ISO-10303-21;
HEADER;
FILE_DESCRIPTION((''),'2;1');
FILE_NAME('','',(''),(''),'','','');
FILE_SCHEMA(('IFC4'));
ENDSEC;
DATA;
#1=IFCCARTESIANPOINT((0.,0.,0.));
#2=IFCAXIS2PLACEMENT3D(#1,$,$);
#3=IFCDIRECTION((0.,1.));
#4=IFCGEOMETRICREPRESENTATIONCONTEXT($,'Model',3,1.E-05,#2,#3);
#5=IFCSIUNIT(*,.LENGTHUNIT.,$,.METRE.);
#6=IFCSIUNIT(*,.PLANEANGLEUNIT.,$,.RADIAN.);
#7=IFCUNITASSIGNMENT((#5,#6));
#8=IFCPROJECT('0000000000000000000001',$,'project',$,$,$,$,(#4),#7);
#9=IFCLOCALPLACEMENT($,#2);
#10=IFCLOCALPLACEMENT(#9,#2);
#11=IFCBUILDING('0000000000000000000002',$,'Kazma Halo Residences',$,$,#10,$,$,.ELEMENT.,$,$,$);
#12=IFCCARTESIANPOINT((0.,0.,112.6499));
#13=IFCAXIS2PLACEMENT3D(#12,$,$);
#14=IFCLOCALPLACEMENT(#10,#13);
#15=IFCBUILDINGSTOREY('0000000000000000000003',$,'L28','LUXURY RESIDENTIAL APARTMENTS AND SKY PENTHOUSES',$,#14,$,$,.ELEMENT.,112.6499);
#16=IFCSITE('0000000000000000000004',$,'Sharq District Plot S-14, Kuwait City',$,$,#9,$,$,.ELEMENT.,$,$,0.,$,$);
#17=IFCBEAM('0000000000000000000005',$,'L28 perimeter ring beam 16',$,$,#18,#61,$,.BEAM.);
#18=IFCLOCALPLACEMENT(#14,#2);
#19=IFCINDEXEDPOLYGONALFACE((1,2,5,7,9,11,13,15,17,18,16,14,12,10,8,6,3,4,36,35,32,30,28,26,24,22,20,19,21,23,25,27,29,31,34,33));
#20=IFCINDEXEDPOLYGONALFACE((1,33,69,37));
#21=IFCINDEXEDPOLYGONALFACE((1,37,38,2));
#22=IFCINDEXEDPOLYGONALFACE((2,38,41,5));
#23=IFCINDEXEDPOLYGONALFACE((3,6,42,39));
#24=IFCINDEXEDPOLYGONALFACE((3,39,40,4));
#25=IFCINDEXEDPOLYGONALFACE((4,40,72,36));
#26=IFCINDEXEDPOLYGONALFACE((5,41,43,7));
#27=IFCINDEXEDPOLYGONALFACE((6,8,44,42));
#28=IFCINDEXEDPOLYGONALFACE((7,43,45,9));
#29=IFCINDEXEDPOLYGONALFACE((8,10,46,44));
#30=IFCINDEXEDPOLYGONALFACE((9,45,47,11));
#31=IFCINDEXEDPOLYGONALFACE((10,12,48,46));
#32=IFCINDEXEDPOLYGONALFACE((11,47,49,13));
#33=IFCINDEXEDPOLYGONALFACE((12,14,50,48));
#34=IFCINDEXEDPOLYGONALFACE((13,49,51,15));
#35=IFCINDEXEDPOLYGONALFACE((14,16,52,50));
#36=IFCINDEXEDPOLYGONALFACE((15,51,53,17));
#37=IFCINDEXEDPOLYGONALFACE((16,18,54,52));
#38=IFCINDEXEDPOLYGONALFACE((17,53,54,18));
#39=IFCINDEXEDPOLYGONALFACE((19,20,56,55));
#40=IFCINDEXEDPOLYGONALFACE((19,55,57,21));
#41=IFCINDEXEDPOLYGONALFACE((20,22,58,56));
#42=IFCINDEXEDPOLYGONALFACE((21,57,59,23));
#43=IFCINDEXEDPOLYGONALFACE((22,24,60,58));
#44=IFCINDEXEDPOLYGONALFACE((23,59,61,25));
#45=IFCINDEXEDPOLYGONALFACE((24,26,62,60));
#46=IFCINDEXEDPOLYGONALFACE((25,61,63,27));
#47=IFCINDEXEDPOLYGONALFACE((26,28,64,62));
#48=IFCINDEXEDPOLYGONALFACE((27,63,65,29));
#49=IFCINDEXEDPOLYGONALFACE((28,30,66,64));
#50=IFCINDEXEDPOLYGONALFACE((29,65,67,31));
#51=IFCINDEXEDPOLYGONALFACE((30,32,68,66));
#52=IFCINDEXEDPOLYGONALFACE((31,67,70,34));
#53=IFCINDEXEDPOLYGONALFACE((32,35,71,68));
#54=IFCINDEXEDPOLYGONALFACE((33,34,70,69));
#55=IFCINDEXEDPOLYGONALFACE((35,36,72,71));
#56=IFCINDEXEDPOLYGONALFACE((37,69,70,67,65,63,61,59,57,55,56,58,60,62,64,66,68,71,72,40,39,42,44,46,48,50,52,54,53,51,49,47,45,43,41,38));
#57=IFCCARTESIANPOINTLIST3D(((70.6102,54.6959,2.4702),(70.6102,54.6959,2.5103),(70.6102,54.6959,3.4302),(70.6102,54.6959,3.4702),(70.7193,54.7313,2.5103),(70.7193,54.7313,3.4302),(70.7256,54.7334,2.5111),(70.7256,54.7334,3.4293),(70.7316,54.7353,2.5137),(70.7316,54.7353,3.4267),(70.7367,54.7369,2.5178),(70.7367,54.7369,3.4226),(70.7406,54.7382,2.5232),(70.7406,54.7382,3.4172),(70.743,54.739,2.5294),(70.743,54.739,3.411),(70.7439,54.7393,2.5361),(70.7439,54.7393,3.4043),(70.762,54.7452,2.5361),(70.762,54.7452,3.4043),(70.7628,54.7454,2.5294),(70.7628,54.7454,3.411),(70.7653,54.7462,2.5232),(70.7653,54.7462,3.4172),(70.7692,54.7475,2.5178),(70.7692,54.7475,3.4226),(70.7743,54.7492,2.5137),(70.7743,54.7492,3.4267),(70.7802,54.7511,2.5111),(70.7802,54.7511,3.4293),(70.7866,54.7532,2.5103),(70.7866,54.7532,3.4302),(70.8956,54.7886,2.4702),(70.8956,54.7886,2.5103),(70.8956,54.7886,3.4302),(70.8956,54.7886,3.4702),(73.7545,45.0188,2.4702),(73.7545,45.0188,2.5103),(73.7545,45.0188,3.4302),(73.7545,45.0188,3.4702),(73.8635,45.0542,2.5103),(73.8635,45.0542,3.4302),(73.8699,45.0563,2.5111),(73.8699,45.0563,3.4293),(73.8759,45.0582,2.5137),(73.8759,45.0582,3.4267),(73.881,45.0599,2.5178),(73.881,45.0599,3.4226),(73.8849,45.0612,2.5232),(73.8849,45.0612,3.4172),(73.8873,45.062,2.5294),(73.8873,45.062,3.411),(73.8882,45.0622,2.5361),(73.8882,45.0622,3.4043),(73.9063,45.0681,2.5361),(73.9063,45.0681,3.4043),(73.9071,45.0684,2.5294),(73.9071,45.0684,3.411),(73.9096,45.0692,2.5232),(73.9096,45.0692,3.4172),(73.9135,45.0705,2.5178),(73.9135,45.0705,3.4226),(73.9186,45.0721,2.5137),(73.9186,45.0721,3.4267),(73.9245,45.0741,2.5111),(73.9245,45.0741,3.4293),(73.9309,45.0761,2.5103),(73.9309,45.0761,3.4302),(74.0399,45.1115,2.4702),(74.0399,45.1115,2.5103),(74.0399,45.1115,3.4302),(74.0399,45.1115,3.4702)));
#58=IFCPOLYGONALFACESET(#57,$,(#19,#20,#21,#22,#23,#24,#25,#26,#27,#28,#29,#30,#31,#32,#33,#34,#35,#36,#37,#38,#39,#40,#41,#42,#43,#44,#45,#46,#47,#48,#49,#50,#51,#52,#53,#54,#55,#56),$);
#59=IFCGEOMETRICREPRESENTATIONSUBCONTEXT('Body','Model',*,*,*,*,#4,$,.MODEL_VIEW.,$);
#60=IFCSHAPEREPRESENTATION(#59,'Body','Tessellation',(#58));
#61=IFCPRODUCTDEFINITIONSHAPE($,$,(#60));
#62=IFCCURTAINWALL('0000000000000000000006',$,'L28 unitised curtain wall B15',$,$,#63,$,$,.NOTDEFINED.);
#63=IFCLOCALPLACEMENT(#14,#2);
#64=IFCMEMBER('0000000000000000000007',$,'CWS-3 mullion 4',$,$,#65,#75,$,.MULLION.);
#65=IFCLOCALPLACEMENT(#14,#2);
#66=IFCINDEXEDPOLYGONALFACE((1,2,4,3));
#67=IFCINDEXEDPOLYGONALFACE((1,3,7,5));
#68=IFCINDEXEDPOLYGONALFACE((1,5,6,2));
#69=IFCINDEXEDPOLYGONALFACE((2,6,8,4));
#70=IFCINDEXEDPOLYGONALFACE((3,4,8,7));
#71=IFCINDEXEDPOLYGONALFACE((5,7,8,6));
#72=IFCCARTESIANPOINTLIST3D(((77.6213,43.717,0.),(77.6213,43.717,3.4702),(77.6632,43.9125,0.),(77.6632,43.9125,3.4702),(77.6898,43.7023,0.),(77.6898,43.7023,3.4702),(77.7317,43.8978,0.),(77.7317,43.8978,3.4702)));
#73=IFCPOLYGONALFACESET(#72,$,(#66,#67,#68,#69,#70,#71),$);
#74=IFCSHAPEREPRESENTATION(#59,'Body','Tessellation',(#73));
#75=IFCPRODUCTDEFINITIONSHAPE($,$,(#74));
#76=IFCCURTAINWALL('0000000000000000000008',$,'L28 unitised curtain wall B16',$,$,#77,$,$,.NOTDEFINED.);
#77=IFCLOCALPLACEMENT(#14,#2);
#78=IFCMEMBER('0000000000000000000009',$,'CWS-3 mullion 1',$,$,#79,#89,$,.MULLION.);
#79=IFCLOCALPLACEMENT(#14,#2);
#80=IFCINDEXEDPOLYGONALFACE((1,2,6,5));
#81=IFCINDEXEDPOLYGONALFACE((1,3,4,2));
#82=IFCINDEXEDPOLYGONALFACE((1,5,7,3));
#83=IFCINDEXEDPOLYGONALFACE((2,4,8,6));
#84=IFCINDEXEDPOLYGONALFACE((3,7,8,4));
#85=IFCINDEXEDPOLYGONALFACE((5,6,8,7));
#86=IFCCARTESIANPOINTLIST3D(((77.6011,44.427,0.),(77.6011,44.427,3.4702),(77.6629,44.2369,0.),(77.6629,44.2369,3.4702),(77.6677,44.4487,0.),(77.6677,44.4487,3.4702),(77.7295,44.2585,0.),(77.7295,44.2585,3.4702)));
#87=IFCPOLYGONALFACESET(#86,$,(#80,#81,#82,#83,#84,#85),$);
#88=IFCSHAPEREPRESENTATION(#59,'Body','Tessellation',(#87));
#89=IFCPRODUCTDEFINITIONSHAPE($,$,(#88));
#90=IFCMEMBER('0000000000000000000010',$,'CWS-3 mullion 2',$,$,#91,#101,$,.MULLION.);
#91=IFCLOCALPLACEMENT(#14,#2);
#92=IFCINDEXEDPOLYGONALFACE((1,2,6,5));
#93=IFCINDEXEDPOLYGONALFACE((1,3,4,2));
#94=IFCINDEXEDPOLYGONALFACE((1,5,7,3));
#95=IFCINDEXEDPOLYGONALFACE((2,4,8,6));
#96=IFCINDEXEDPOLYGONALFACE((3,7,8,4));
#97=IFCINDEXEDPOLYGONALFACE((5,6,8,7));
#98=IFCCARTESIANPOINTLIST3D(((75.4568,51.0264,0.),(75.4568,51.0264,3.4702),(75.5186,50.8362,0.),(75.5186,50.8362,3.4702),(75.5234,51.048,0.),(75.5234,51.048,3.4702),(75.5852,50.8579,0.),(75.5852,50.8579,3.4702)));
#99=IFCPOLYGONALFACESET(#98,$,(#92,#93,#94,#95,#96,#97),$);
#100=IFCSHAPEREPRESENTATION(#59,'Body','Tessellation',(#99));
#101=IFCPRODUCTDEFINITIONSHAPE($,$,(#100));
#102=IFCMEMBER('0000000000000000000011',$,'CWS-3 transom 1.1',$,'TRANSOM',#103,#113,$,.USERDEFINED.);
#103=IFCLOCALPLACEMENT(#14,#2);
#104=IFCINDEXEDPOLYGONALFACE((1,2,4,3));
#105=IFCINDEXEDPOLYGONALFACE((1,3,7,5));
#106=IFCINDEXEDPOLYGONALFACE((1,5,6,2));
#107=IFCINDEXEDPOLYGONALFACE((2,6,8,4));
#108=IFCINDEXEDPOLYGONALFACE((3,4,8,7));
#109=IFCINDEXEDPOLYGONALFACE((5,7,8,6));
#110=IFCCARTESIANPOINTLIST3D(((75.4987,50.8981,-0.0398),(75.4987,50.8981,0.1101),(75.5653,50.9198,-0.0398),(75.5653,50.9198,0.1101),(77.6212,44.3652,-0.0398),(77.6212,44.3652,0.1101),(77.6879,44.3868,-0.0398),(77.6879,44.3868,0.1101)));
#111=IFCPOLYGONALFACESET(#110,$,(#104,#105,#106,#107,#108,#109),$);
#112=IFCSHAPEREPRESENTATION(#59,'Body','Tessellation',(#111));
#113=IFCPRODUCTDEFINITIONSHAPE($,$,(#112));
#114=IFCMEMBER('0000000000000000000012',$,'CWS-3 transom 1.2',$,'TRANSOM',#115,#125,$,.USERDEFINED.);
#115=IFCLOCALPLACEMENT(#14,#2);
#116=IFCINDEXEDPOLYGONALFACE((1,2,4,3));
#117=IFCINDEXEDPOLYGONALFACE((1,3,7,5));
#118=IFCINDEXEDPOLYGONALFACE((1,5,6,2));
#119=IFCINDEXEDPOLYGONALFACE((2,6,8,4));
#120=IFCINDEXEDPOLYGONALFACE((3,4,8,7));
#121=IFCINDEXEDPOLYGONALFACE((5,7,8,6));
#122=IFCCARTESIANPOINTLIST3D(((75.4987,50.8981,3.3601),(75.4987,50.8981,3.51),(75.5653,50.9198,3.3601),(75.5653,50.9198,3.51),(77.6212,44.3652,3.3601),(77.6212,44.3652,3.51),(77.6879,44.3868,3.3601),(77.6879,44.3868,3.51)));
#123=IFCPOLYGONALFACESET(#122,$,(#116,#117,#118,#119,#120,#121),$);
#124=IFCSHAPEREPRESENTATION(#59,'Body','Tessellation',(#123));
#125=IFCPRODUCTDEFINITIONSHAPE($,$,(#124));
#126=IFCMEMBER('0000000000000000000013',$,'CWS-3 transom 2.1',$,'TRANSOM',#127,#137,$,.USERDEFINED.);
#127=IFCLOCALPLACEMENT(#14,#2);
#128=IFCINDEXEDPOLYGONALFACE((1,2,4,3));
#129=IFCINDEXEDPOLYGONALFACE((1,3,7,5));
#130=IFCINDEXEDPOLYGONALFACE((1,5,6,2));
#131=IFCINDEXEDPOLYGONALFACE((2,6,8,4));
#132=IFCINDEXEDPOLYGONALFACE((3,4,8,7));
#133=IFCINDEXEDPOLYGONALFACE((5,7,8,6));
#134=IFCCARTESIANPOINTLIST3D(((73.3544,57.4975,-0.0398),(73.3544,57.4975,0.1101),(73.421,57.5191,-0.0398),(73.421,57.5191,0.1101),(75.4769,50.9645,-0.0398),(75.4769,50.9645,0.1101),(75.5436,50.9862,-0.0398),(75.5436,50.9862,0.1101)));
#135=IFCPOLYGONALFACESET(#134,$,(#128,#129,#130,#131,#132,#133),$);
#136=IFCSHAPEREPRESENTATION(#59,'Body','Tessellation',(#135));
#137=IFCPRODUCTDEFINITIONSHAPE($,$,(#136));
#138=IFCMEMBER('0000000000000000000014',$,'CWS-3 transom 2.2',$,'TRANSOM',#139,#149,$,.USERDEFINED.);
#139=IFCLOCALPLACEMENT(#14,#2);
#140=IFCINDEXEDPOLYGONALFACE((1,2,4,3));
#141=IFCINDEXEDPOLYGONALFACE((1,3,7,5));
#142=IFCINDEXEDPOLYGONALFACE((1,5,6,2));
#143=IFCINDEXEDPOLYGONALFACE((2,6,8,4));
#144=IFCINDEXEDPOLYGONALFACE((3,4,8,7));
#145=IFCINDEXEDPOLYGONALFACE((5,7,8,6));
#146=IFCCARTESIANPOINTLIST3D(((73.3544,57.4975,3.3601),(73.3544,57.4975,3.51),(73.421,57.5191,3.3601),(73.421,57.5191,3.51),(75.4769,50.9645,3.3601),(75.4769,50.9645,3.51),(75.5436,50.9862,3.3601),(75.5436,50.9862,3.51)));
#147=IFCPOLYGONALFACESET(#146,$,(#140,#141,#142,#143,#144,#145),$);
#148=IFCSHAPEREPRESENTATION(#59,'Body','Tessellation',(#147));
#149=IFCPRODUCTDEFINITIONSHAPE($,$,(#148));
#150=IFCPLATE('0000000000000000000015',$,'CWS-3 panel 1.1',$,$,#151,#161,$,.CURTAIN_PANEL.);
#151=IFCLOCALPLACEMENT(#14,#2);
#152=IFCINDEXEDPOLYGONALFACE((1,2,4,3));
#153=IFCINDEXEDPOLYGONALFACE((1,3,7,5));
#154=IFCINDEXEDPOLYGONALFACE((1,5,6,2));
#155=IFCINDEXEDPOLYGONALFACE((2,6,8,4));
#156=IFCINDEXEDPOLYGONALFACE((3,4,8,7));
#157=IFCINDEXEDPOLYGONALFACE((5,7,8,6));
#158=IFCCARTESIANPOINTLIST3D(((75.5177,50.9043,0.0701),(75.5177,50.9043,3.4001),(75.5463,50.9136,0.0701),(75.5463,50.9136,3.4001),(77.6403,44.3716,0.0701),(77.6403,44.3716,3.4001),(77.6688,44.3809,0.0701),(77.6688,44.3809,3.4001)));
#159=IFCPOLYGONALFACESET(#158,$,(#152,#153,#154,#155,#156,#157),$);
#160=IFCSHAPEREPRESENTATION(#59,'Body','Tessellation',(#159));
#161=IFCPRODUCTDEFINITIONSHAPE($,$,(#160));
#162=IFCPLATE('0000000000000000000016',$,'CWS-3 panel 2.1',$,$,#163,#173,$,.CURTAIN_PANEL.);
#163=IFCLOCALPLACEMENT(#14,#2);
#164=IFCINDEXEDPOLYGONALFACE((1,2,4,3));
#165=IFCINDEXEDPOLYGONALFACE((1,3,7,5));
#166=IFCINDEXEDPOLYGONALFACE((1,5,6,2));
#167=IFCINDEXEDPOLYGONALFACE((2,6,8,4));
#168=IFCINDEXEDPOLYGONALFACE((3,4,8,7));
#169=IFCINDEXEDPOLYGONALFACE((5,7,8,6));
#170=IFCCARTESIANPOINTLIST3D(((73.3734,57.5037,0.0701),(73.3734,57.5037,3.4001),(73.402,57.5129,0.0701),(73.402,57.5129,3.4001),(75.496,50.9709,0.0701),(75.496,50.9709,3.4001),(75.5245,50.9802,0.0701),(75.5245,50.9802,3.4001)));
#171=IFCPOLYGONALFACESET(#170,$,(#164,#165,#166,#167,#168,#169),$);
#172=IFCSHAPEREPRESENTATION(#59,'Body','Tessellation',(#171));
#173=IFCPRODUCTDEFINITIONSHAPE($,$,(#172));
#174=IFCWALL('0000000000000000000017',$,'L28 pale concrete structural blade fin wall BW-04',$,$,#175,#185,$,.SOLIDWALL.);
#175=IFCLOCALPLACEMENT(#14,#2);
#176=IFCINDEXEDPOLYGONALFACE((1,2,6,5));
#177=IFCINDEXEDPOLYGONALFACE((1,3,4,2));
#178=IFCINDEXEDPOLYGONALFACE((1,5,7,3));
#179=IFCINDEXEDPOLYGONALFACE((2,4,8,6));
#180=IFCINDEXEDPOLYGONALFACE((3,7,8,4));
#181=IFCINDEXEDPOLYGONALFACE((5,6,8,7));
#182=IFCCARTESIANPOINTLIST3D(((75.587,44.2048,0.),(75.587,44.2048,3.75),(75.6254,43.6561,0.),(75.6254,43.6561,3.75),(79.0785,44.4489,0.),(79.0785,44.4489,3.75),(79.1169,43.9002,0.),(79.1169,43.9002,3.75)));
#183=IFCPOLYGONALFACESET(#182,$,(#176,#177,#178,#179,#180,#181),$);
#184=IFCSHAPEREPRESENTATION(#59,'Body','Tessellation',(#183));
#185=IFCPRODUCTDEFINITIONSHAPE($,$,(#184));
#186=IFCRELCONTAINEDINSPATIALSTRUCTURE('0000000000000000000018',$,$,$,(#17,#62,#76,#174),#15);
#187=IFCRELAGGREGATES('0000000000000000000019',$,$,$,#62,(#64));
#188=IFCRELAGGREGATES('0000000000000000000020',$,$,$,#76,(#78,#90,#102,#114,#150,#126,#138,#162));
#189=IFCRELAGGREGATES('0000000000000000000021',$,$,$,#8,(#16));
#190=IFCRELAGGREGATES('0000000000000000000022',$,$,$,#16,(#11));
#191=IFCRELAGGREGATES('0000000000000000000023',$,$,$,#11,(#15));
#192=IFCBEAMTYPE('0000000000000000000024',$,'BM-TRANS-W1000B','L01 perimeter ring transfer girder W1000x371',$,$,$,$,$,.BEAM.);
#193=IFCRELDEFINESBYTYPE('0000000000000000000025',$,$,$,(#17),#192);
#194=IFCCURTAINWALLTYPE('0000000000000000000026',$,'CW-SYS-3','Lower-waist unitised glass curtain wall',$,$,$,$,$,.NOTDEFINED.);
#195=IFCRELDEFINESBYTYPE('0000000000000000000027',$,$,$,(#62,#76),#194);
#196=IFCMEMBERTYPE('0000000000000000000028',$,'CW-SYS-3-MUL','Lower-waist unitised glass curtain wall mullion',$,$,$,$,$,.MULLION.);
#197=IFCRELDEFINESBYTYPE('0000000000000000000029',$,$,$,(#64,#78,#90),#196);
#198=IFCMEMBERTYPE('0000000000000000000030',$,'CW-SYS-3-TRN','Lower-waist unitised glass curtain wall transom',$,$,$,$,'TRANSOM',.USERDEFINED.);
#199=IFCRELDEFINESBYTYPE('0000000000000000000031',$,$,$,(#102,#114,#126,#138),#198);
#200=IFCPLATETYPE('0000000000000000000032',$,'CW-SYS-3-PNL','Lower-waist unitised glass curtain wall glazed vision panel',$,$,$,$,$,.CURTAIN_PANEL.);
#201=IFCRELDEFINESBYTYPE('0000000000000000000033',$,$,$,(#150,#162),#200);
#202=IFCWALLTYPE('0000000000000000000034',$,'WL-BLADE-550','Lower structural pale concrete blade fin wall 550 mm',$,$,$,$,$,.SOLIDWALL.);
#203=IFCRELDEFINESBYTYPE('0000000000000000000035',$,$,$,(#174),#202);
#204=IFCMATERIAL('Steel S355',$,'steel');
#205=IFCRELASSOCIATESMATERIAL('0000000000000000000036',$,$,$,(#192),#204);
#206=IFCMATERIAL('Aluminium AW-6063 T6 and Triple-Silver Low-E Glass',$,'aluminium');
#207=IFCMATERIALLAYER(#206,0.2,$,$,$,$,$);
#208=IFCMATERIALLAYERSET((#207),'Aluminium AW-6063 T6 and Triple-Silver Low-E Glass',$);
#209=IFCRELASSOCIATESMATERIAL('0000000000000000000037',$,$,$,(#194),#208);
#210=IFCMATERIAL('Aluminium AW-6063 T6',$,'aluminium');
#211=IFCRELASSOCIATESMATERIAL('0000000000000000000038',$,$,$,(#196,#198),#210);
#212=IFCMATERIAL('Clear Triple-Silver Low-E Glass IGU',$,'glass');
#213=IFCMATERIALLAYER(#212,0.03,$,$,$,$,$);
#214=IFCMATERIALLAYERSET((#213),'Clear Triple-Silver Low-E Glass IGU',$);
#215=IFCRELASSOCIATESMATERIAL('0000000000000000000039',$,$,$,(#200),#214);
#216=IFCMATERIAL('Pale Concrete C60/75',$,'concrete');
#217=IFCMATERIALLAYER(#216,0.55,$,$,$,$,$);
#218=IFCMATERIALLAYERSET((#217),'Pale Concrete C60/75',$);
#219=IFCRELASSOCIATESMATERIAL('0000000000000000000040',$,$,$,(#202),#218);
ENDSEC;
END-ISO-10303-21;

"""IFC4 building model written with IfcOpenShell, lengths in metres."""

from ifc_helpers import new_model, si_unit, direction, frame, frame_2d, origin, origin_2d, place, context, subcontext, project, spatial, rectangle, i_section, extrude, material, layer, layer_set, material_profile, profile_set, type_object, element, aggregate, save


model = new_model("IFC4")

# Units and contexts
model_context = context("Model", 3, precision=1e-05, world=origin(), true_north=direction((0.0, 1.0)))
body_context = subcontext(model_context, "Body", "Model", "MODEL_VIEW")
ifc_project = project(units=[si_unit("LENGTHUNIT", "METRE"), si_unit("PLANEANGLEUNIT", "RADIAN")], contexts=[model_context])

# Site, building, storey
site_placement = place(None, origin())
site = spatial("IfcSite", under=ifc_project, at=site_placement, Name="Sharq District Plot S-14, Kuwait City", CompositionType="ELEMENT", RefElevation=0.0)
building_placement = place(site_placement, origin())
building = spatial("IfcBuilding", under=site, at=building_placement, Name="Kazma Halo Residences", CompositionType="ELEMENT")
storey_placement = place(building_placement, frame((0.0, 0.0, 112.6499)))
storey = spatial("IfcBuildingStorey", under=building, at=storey_placement, Name="L28", Description="LUXURY RESIDENTIAL APARTMENTS AND SKY PENTHOUSES", CompositionType="ELEMENT", Elevation=112.6499)

# Beam
ifc_material_1 = material(Name="Steel S355", Category="steel")
ifc_material_profile_1 = material_profile(ifc_material_1, i_section(OverallWidth=0.3, OverallDepth=1.0, WebThickness=0.019, FlangeThickness=0.04, FilletRadius=0.0259, at=origin_2d()), Name="W1000x371")
ifc_profile_set_1 = profile_set([ifc_material_profile_1], Name="Steel S355")
beam_type_1 = type_object("IfcBeamType", Name="BM-TRANS-W1000B", Description="L01 perimeter ring transfer girder W1000x371", PredefinedType="BEAM", material=ifc_profile_set_1)
beam_1_placement = place(storey_placement, frame((73.8972, 45.0652, 2.9702), z_axis=(-0.30902, 0.951055, 0.0), x_axis=(-0.951055, -0.30902, 0.0)))
element("IfcBeam", 1, at=beam_1_placement, inside=storey, type_object=beam_type_1, Name="L28 perimeter ring beam 16", PredefinedType="BEAM", context=body_context, shape_type="SweptSolid", body=[
    extrude(i_section(OverallWidth=0.3, OverallDepth=1.0, WebThickness=0.019, FlangeThickness=0.04, FilletRadius=0.0259, at=origin_2d()), origin(), (0.0, 0.0, 1.0), 10.175),
])

# Curtain wall, member
ifc_material_2 = material(Name="Aluminium AW-6063 T6 and Triple-Silver Low-E Glass", Category="aluminium")
ifc_layer_1 = layer(ifc_material_2, 0.2)
ifc_layer_set_1 = layer_set([ifc_layer_1], Name="Aluminium AW-6063 T6 and Triple-Silver Low-E Glass")
curtain_wall_type = type_object("IfcCurtainWallType", Name="CW-SYS-3", Description="Lower-waist unitised glass curtain wall", PredefinedType="NOTDEFINED", material=ifc_layer_set_1)
curtain_wall_1_placement = place(storey_placement, origin())
curtain_wall_1 = element("IfcCurtainWall", 2, at=curtain_wall_1_placement, inside=storey, type_object=curtain_wall_type, Name="L28 unitised curtain wall B15", PredefinedType="NOTDEFINED")
ifc_material_3 = material(Name="Aluminium AW-6063 T6", Category="aluminium")
ifc_material_profile_2 = material_profile(ifc_material_3, rectangle(XDim=0.0701, YDim=0.2, at=origin_2d()), Name="CWM-70x200")
ifc_profile_set_2 = profile_set([ifc_material_profile_2], Name="Aluminium AW-6063 T6")
member_type_1 = type_object("IfcMemberType", Name="CW-SYS-3-MUL", Description="Lower-waist unitised glass curtain wall mullion", PredefinedType="MULLION", material=ifc_profile_set_2)
member_1_placement = place(storey_placement, frame((77.6765, 43.8074, 0.0), z_axis=(0.0, 0.0, 1.0), x_axis=(-0.977774, 0.209661, 0.0)))
member_1 = element("IfcMember", 3, at=member_1_placement, type_object=member_type_1, Name="CWS-3 mullion 4", PredefinedType="MULLION", context=body_context, shape_type="SweptSolid", body=[
    extrude(rectangle(XDim=0.0701, YDim=0.2, at=origin_2d()), origin(), (0.0, 0.0, 1.0), 3.4702),
])
aggregate(curtain_wall_1, [member_1])

# Curtain wall, members, plates
curtain_wall_2_placement = place(storey_placement, origin())
curtain_wall_2 = element("IfcCurtainWall", 4, at=curtain_wall_2_placement, inside=storey, type_object=curtain_wall_type, Name="L28 unitised curtain wall B16", PredefinedType="NOTDEFINED")
member_2_placement = place(storey_placement, frame((77.6653, 44.3428, 0.0), z_axis=(0.0, 0.0, 1.0), x_axis=(-0.951058, -0.309013, 0.0)))
member_2 = element("IfcMember", 5, at=member_2_placement, type_object=member_type_1, Name="CWS-3 mullion 1", PredefinedType="MULLION", context=body_context, shape_type="SweptSolid", body=[
    extrude(rectangle(XDim=0.0701, YDim=0.2, at=origin_2d()), origin(), (0.0, 0.0, 1.0), 3.4702),
])
member_3_placement = place(storey_placement, frame((75.521, 50.9421, 0.0), z_axis=(0.0, 0.0, 1.0), x_axis=(-0.951058, -0.309013, 0.0)))
member_3 = element("IfcMember", 6, at=member_3_placement, type_object=member_type_1, Name="CWS-3 mullion 2", PredefinedType="MULLION", context=body_context, shape_type="SweptSolid", body=[
    extrude(rectangle(XDim=0.0701, YDim=0.2, at=origin_2d()), origin(), (0.0, 0.0, 1.0), 3.4702),
])
ifc_material_profile_3 = material_profile(ifc_material_3, rectangle(XDim=0.0701, YDim=0.1499, at=origin_2d()), Name="CWT-70x150")
ifc_profile_set_3 = profile_set([ifc_material_profile_3], Name="Aluminium AW-6063 T6")
member_type_2 = type_object("IfcMemberType", Name="CW-SYS-3-TRN", Description="Lower-waist unitised glass curtain wall transom", ElementType="TRANSOM", PredefinedType="USERDEFINED", material=ifc_profile_set_3)
member_4_placement = place(storey_placement, frame((77.6545, 44.376, 0.0352), z_axis=(-0.309, 0.951062, 0.0), x_axis=(-0.951062, -0.309, 0.0)))
member_4 = element("IfcMember", 7, at=member_4_placement, type_object=member_type_2, Name="CWS-3 transom 1.1", ObjectType="TRANSOM", PredefinedType="USERDEFINED", context=body_context, shape_type="SweptSolid", body=[
    extrude(rectangle(XDim=0.0701, YDim=0.1499, at=origin_2d()), origin(), (0.0, 0.0, 1.0), 6.8691),
])
member_5_placement = place(storey_placement, frame((77.6545, 44.376, 3.4351), z_axis=(-0.309, 0.951062, 0.0), x_axis=(-0.951062, -0.309, 0.0)))
member_5 = element("IfcMember", 8, at=member_5_placement, type_object=member_type_2, Name="CWS-3 transom 1.2", ObjectType="TRANSOM", PredefinedType="USERDEFINED", context=body_context, shape_type="SweptSolid", body=[
    extrude(rectangle(XDim=0.0701, YDim=0.1499, at=origin_2d()), origin(), (0.0, 0.0, 1.0), 6.8691),
])
member_6_placement = place(storey_placement, frame((75.5103, 50.9753, 0.0352), z_axis=(-0.309, 0.951062, 0.0), x_axis=(-0.951062, -0.309, 0.0)))
member_6 = element("IfcMember", 9, at=member_6_placement, type_object=member_type_2, Name="CWS-3 transom 2.1", ObjectType="TRANSOM", PredefinedType="USERDEFINED", context=body_context, shape_type="SweptSolid", body=[
    extrude(rectangle(XDim=0.0701, YDim=0.1499, at=origin_2d()), origin(), (0.0, 0.0, 1.0), 6.8691),
])
member_7_placement = place(storey_placement, frame((75.5103, 50.9753, 3.4351), z_axis=(-0.309, 0.951062, 0.0), x_axis=(-0.951062, -0.309, 0.0)))
member_7 = element("IfcMember", 10, at=member_7_placement, type_object=member_type_2, Name="CWS-3 transom 2.2", ObjectType="TRANSOM", PredefinedType="USERDEFINED", context=body_context, shape_type="SweptSolid", body=[
    extrude(rectangle(XDim=0.0701, YDim=0.1499, at=origin_2d()), origin(), (0.0, 0.0, 1.0), 6.8691),
])
ifc_material_4 = material(Name="Clear Triple-Silver Low-E Glass IGU", Category="glass")
ifc_layer_2 = layer(ifc_material_4, 0.03)
ifc_layer_set_2 = layer_set([ifc_layer_2], Name="Clear Triple-Silver Low-E Glass IGU")
plate_type = type_object("IfcPlateType", Name="CW-SYS-3-PNL", Description="Lower-waist unitised glass curtain wall glazed vision panel", PredefinedType="CURTAIN_PANEL", material=ifc_layer_set_2)
plate_1_placement = place(storey_placement, frame((76.5933, 47.6426, 0.0701), z_axis=(0.0, 0.0, 1.0), x_axis=(-0.309013, 0.951058, 0.0)))
plate_1 = element("IfcPlate", 11, at=plate_1_placement, type_object=plate_type, Name="CWS-3 panel 1.1", PredefinedType="CURTAIN_PANEL", context=body_context, shape_type="SweptSolid", body=[
    extrude(rectangle(XDim=6.8689, YDim=0.03, at=origin_2d()), origin(), (0.0, 0.0, 1.0), 3.3301),
])
plate_2_placement = place(storey_placement, frame((74.449, 54.2419, 0.0701), z_axis=(0.0, 0.0, 1.0), x_axis=(-0.309013, 0.951058, 0.0)))
plate_2 = element("IfcPlate", 12, at=plate_2_placement, type_object=plate_type, Name="CWS-3 panel 2.1", PredefinedType="CURTAIN_PANEL", context=body_context, shape_type="SweptSolid", body=[
    extrude(rectangle(XDim=6.8689, YDim=0.03, at=origin_2d()), origin(), (0.0, 0.0, 1.0), 3.3301),
])
aggregate(curtain_wall_2, [member_2, member_3, member_4, member_5, plate_1, member_6, member_7, plate_2])

# Wall
ifc_material_5 = material(Name="Pale Concrete C60/75", Category="concrete")
ifc_layer_3 = layer(ifc_material_5, 0.55)
ifc_layer_set_3 = layer_set([ifc_layer_3], Name="Pale Concrete C60/75")
wall_type_1 = type_object("IfcWallType", Name="WL-BLADE-550", Description="Lower structural pale concrete blade fin wall 550 mm", PredefinedType="SOLIDWALL", material=ifc_layer_set_3)
wall_1_placement = place(storey_placement, frame((75.6062, 43.9304, 0.0), z_axis=(0.0, 0.0, 1.0), x_axis=(0.997564, 0.069755, 0.0)))
element("IfcWall", 13, at=wall_1_placement, inside=storey, type_object=wall_type_1, Name="L28 pale concrete structural blade fin wall BW-04", PredefinedType="SOLIDWALL", context=body_context, shape_type="SweptSolid", body=[
    extrude(rectangle(XDim=3.5, YDim=0.55, at=frame_2d((1.75, 0.0))), origin(), (0.0, 0.0, 1.0), 3.75),
])

save(model, "model.ifc")
